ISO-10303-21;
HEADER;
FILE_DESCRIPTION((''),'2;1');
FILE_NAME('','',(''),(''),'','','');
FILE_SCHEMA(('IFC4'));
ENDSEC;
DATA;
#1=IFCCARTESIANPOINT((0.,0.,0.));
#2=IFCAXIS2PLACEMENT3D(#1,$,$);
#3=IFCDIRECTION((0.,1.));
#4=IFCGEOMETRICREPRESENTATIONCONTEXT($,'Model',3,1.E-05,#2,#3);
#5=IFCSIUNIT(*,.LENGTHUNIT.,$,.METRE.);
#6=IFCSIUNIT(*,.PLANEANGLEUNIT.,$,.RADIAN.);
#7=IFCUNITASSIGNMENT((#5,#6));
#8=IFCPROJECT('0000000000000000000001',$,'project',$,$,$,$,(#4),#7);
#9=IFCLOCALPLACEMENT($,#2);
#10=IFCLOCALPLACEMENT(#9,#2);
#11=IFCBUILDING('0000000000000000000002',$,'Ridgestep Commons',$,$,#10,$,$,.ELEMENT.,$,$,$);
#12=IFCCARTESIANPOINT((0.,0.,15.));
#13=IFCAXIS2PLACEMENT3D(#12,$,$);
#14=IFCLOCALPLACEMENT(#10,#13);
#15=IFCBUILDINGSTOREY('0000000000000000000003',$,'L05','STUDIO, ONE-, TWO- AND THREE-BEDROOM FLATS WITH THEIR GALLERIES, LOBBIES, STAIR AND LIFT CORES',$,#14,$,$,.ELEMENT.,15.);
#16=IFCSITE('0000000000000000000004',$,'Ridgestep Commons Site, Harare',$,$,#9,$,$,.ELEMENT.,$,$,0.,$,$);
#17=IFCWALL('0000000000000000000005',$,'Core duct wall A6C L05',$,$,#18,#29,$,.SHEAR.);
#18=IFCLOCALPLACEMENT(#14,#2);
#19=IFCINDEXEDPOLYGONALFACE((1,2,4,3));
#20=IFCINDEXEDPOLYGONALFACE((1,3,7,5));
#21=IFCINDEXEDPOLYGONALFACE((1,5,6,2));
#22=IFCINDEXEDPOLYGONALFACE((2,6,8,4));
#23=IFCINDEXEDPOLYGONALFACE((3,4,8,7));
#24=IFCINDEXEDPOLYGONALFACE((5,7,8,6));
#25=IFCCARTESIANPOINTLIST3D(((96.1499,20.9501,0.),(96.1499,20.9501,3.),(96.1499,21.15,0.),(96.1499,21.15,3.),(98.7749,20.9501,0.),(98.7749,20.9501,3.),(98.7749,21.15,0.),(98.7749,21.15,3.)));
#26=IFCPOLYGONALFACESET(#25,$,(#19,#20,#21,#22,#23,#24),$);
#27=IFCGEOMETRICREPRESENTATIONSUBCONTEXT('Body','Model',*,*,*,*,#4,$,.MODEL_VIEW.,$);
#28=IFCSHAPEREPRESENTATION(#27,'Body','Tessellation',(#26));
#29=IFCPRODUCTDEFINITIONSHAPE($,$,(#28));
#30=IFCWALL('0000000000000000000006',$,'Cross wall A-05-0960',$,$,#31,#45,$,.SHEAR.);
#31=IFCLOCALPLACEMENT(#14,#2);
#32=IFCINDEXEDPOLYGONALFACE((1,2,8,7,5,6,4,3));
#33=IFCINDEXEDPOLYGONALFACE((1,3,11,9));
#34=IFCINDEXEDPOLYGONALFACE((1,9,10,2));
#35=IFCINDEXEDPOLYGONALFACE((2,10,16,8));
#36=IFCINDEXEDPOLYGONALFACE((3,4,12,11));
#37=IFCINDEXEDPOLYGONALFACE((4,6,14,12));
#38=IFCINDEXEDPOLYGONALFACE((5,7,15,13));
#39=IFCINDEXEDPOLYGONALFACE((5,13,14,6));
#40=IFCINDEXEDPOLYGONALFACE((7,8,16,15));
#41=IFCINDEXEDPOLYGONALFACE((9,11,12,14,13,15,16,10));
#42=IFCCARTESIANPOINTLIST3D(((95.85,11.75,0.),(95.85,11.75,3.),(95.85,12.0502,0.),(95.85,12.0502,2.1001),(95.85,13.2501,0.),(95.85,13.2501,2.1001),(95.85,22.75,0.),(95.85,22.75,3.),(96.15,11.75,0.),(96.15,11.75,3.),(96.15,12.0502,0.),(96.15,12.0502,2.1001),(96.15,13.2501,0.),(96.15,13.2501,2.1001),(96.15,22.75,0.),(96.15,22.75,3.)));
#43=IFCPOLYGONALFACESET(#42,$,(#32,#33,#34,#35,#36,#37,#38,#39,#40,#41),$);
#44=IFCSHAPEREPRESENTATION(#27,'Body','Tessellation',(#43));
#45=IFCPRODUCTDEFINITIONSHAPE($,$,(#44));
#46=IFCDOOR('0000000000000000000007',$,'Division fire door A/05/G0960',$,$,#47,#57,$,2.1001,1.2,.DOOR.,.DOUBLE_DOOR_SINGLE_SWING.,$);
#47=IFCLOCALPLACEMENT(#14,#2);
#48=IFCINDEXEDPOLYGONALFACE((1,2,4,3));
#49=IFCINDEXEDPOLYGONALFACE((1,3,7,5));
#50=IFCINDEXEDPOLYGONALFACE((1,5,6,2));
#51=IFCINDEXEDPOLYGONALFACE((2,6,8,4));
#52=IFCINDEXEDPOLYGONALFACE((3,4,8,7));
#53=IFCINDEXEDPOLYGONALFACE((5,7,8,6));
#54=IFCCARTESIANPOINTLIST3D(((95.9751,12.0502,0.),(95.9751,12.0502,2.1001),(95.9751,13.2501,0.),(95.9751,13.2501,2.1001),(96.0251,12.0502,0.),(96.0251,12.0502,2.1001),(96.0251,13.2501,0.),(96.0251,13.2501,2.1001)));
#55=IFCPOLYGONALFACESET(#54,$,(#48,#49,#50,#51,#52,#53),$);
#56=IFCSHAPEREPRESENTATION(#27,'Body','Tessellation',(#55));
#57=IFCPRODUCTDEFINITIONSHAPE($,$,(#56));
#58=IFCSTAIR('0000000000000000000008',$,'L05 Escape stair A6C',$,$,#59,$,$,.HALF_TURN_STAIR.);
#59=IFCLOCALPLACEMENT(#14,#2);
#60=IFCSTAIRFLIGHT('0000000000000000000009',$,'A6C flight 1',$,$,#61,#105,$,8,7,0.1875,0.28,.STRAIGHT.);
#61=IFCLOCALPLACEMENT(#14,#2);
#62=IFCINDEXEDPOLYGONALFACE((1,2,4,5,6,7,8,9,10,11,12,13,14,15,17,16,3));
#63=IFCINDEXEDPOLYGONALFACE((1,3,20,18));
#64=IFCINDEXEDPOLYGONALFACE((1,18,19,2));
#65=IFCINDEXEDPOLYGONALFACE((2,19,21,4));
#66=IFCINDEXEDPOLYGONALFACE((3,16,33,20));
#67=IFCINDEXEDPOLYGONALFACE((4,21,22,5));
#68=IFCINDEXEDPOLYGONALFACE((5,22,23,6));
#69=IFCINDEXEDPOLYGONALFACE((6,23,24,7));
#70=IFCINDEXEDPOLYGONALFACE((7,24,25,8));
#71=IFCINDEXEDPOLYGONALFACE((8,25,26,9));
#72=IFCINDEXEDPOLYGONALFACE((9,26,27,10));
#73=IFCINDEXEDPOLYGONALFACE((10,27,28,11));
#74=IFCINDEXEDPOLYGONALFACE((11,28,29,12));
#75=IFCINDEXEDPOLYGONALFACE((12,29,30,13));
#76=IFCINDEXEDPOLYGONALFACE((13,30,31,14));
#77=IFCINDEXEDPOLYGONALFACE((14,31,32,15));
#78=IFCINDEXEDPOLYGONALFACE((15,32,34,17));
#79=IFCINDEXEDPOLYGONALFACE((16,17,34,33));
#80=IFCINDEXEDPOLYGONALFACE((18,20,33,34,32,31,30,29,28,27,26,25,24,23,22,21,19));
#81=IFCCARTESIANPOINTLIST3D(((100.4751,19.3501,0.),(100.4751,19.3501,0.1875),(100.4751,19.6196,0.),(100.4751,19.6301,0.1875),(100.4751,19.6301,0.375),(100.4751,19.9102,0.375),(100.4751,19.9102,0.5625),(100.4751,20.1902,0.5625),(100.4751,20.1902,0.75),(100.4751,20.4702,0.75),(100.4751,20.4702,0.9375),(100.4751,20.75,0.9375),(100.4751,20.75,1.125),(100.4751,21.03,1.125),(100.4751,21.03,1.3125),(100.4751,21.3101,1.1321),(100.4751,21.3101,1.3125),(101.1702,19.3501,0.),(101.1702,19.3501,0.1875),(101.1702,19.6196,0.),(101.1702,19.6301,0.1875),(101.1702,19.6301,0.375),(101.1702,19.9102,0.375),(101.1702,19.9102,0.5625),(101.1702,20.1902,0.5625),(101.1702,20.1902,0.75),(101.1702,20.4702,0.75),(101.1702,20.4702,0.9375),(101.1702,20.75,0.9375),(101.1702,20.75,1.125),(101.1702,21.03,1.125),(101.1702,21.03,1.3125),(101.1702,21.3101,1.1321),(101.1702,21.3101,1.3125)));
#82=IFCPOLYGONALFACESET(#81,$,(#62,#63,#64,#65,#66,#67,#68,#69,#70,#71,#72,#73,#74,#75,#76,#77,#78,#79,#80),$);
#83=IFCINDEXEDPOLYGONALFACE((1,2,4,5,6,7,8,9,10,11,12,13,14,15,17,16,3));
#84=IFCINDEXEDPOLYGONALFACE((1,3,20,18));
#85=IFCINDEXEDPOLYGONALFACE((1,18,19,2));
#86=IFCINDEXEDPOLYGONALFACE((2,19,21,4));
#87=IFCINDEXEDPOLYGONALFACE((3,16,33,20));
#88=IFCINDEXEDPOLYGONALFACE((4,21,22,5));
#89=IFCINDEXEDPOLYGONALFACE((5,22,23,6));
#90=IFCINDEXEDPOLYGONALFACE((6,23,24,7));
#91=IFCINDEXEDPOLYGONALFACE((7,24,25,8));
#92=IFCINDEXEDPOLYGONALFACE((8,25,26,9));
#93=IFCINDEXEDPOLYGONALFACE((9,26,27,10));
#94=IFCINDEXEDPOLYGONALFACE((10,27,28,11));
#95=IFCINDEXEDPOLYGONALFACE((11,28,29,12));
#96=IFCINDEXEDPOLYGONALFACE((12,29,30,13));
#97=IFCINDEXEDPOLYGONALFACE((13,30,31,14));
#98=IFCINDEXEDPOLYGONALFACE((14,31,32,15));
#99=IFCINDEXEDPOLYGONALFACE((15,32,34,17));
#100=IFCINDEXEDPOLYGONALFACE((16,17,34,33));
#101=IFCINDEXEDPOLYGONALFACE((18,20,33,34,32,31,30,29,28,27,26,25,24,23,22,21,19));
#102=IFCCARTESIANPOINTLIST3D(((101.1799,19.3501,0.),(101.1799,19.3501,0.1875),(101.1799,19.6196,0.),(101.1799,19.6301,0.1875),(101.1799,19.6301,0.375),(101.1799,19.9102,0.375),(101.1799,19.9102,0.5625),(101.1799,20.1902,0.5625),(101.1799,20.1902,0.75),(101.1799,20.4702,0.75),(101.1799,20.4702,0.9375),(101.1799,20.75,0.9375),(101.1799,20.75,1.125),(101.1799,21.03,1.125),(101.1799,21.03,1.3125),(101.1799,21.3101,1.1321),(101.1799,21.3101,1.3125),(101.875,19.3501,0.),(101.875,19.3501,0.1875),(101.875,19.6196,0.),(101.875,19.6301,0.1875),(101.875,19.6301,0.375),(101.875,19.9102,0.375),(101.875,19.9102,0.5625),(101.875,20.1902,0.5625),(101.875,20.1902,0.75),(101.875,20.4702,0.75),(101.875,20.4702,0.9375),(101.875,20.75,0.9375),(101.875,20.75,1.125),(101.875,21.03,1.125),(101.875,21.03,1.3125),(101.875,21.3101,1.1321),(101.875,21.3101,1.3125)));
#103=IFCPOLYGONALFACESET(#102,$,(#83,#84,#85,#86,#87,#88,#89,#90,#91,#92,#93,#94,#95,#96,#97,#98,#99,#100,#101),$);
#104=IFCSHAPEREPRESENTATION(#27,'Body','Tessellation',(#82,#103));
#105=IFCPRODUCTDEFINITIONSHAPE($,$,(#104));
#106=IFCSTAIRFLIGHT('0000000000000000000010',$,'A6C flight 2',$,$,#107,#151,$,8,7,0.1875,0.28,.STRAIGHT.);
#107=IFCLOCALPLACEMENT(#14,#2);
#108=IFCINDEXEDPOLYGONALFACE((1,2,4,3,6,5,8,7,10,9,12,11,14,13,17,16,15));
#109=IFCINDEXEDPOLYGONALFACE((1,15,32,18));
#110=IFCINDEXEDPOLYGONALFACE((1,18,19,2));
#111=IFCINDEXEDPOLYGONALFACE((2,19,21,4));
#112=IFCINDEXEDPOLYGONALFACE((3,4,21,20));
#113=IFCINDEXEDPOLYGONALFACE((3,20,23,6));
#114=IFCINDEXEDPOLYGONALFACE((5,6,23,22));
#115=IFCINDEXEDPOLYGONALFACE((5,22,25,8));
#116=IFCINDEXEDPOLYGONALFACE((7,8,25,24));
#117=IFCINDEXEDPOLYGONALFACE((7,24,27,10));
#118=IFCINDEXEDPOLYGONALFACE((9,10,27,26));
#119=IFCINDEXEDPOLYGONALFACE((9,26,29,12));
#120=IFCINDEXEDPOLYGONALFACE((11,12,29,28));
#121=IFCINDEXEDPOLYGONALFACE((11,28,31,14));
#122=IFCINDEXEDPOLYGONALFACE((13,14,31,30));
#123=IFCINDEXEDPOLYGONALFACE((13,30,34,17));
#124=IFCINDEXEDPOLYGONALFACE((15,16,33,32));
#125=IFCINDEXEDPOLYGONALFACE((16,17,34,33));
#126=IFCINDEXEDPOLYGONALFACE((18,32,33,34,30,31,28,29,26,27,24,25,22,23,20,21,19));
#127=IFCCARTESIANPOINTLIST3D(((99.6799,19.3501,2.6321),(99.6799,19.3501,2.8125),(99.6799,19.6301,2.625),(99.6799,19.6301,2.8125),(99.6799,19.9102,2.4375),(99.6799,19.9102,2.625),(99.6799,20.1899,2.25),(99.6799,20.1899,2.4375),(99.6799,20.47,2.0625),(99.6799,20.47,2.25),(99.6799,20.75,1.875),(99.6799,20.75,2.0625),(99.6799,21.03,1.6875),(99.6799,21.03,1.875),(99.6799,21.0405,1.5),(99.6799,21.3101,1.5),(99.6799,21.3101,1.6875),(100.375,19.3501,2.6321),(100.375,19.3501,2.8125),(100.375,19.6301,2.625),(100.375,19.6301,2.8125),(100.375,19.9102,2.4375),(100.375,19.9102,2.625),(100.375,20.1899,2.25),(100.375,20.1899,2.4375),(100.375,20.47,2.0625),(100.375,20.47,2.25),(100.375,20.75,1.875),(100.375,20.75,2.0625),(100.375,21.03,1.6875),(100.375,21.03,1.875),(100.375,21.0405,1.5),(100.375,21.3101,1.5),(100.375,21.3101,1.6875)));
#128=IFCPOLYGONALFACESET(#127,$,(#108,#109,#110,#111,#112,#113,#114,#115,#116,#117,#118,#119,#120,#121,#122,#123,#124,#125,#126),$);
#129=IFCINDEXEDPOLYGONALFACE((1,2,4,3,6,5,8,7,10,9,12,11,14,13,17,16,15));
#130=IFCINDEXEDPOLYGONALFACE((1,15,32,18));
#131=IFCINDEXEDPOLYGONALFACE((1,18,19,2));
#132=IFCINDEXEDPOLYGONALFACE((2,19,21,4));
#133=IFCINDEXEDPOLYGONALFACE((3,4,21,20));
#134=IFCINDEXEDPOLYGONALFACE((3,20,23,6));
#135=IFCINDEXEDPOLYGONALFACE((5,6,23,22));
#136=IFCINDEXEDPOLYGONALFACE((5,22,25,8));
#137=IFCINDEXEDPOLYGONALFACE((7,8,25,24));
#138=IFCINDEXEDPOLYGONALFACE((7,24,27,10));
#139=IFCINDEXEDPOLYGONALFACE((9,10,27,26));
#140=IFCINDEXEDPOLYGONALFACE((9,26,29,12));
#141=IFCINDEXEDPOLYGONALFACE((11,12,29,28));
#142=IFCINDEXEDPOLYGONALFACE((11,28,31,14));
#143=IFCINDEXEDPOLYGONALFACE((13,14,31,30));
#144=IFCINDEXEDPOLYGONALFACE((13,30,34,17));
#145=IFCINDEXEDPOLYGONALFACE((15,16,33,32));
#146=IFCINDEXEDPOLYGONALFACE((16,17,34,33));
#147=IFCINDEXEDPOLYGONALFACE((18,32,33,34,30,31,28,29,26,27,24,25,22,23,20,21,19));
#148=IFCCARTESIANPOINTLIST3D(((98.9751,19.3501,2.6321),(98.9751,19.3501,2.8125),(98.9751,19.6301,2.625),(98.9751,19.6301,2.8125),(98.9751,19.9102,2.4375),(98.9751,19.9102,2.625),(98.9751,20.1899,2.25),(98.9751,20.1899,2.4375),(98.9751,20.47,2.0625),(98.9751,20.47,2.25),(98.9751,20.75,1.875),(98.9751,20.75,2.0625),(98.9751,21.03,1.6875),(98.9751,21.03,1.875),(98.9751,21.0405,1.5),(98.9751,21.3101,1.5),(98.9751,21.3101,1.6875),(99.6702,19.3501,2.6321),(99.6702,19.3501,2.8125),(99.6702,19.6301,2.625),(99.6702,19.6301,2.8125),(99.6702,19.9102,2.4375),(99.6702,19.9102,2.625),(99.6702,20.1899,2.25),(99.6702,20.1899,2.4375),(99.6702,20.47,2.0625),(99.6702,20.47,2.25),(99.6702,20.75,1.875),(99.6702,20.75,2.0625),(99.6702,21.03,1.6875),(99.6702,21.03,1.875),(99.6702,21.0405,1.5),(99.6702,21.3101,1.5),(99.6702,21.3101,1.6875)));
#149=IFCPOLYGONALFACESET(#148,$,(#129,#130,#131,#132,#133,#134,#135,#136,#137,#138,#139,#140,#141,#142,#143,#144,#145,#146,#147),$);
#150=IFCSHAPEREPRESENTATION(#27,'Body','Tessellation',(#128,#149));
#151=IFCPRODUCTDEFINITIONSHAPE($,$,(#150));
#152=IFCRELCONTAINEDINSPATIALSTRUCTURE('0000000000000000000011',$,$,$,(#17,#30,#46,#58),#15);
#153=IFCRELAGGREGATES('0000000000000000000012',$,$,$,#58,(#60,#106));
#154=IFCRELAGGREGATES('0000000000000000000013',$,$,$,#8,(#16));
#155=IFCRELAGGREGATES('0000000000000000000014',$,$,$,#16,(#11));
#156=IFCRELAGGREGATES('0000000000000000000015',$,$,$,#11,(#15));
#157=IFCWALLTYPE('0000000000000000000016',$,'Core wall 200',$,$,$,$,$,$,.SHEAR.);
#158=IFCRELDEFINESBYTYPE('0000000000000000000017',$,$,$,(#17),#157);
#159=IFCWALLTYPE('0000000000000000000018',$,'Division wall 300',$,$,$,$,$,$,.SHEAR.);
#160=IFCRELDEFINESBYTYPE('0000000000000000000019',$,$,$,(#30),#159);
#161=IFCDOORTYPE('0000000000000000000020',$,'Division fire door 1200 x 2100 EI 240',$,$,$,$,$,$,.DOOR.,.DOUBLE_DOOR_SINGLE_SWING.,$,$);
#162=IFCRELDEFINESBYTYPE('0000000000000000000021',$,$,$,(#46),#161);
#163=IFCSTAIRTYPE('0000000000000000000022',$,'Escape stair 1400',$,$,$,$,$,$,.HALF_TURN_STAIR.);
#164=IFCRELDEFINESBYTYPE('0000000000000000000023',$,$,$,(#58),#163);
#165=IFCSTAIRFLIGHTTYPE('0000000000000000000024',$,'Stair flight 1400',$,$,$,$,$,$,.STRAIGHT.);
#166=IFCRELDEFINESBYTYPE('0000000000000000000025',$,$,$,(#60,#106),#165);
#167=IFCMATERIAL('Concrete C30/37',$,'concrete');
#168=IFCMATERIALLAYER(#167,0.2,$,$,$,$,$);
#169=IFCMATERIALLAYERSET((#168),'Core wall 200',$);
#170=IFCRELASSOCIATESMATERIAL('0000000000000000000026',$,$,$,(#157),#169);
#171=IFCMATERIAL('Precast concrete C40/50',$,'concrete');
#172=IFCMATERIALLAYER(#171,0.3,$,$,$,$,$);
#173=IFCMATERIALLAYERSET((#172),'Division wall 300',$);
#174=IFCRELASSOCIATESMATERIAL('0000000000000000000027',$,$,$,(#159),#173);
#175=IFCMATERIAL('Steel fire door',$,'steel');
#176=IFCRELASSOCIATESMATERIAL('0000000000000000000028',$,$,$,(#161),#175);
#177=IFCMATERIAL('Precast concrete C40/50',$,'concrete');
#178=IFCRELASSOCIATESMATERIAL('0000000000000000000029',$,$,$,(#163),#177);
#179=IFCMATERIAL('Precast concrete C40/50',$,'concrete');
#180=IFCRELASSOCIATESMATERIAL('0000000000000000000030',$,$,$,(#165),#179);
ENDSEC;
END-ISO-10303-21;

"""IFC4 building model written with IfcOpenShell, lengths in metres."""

from ifc_helpers import new_model, si_unit, direction, frame, frame_2d, origin, place, context, subcontext, project, spatial, polyline, rectangle, outline, extrude, material, layer, layer_set, type_object, element, fill, aggregate, save


model = new_model("IFC4")

# Units and contexts
model_context = context("Model", 3, precision=1e-05, world=origin(), true_north=direction((0.0, 1.0)))
body_context = subcontext(model_context, "Body", "Model", "MODEL_VIEW")
ifc_project = project(units=[si_unit("LENGTHUNIT", "METRE"), si_unit("PLANEANGLEUNIT", "RADIAN")], contexts=[model_context])

# Site, building, storey
site_placement = place(None, origin())
site = spatial("IfcSite", under=ifc_project, at=site_placement, Name="Ridgestep Commons Site, Harare", CompositionType="ELEMENT", RefElevation=0.0)
building_placement = place(site_placement, origin())
building = spatial("IfcBuilding", under=site, at=building_placement, Name="Ridgestep Commons", CompositionType="ELEMENT")
storey_placement = place(building_placement, frame((0.0, 0.0, 15.0)))
storey = spatial("IfcBuildingStorey", under=building, at=storey_placement, Name="L05", Description="STUDIO, ONE-, TWO- AND THREE-BEDROOM FLATS WITH THEIR GALLERIES, LOBBIES, STAIR AND LIFT CORES", CompositionType="ELEMENT", Elevation=15.0)

# Shared definitions
ifc_material_1 = material(Name="Concrete C30/37", Category="concrete")
ifc_layer_1 = layer(ifc_material_1, 0.2)
ifc_layer_set_1 = layer_set([ifc_layer_1], Name="Core wall 200")
wall_type_1 = type_object("IfcWallType", Name="Core wall 200", PredefinedType="SHEAR", material=ifc_layer_set_1)

# Wall
wall_1_placement = place(storey_placement, frame((96.1499, 21.05, 0.0), z_axis=(0.0, 0.0, 1.0), x_axis=(1.0, 0.0, 0.0)))
element("IfcWall", 1, at=wall_1_placement, inside=storey, type_object=wall_type_1, Name="Core duct wall A6C L05", PredefinedType="SHEAR", context=body_context, shape_type="SweptSolid", body=[
    extrude(rectangle(XDim=2.625, YDim=0.2, at=frame_2d((1.3125, 0.0))), origin(), (0.0, 0.0, 1.0), 3.0),
])

# Wall, opening, door
ifc_material_2 = material(Name="Precast concrete C40/50", Category="concrete")
ifc_layer_2 = layer(ifc_material_2, 0.3)
ifc_layer_set_2 = layer_set([ifc_layer_2], Name="Division wall 300")
wall_type_2 = type_object("IfcWallType", Name="Division wall 300", PredefinedType="SHEAR", material=ifc_layer_set_2)
wall_2_placement = place(storey_placement, frame((96.0, 11.75, 0.0), z_axis=(0.0, 0.0, 1.0), x_axis=(0.0, 1.0, 0.0)))
wall_2 = element("IfcWall", 2, at=wall_2_placement, inside=storey, type_object=wall_type_2, Name="Cross wall A-05-0960", PredefinedType="SHEAR", context=body_context, shape_type="SweptSolid", body=[
    extrude(rectangle(XDim=11.0, YDim=0.3, at=frame_2d((5.5, 0.0))), origin(), (0.0, 0.0, 1.0), 3.0),
])
opening_1_placement = place(wall_2_placement, frame((0.3, 0.0, 0.0)))
opening_1 = element("IfcOpeningElement", 3, at=opening_1_placement, cuts=wall_2, PredefinedType="OPENING", context=body_context, shape_type="SweptSolid", body=[
    extrude(rectangle(XDim=1.2, YDim=2.1001, at=frame_2d((0.6001, 1.05))), frame((0.0, 0.1599, 0.0), z_axis=(0.0, -1.0, 0.0), x_axis=(1.0, 0.0, 0.0)), (0.0, 0.0, 1.0), 0.3201),
])
ifc_material_3 = material(Name="Steel fire door", Category="steel")
door_type_1 = type_object("IfcDoorType", Name="Division fire door 1200 x 2100 EI 240", OperationType="DOUBLE_DOOR_SINGLE_SWING", PredefinedType="DOOR", material=ifc_material_3)
door_1_placement = place(opening_1_placement, origin())
door_1 = element("IfcDoor", 4, at=door_1_placement, inside=storey, type_object=door_type_1, Name="Division fire door A/05/G0960", OperationType="DOUBLE_DOOR_SINGLE_SWING", OverallHeight=2.1001, OverallWidth=1.2, PredefinedType="DOOR", context=body_context, shape_type="SweptSolid", body=[
    extrude(rectangle(XDim=1.2, YDim=2.1001, at=frame_2d((0.6001, 1.05))), frame((0.0, 0.0249, 0.0), z_axis=(0.0, -1.0, 0.0), x_axis=(1.0, 0.0, 0.0)), (0.0, 0.0, 1.0), 0.05),
])
fill(opening_1, door_1)

# Stair, stair flights
ifc_material_4 = material(Name="Precast concrete C40/50", Category="concrete")
stair_type = type_object("IfcStairType", Name="Escape stair 1400", PredefinedType="HALF_TURN_STAIR", material=ifc_material_4)
stair_placement = place(storey_placement, origin())
stair = element("IfcStair", 5, at=stair_placement, inside=storey, type_object=stair_type, Name="L05 Escape stair A6C", PredefinedType="HALF_TURN_STAIR")
ifc_material_5 = material(Name="Precast concrete C40/50", Category="concrete")
stair_flight_type = type_object("IfcStairFlightType", Name="Stair flight 1400", PredefinedType="STRAIGHT", material=ifc_material_5)
stair_flight_1_placement = place(storey_placement, frame((101.175, 19.3501, 0.0), z_axis=(0.0, 0.0, 1.0), x_axis=(0.0, 1.0, 0.0)))
stair_flight_1 = element("IfcStairFlight", 6, at=stair_flight_1_placement, type_object=stair_flight_type, Name="A6C flight 1", NumberOfRisers=8, NumberOfTreads=7, PredefinedType="STRAIGHT", RiserHeight=0.1875, TreadLength=0.28, context=body_context, shape_type="SweptSolid", body=[
    extrude(outline(polyline([(0.0, 0.0), (0.0, 0.1875), (0.28, 0.1875), (0.28, 0.375), (0.5601, 0.375), (0.5601, 0.5625), (0.8401, 0.5625), (0.8401, 0.75), (1.1201, 0.75), (1.1201, 0.9375), (1.3999, 0.9375), (1.3999, 1.125), (1.6799, 1.125), (1.6799, 1.3125), (1.96, 1.3125), (1.96, 1.5), (1.96, 1.1321), (0.2695, 0.0), (0.0, 0.0)])), frame((0.0, 0.7, 0.0), z_axis=(0.0, -1.0, 0.0), x_axis=(1.0, 0.0, 0.0)), (0.0, 0.0, 1.0), 0.6951),
    extrude(outline(polyline([(0.0, 0.0), (0.0, 0.1875), (0.28, 0.1875), (0.28, 0.375), (0.5601, 0.375), (0.5601, 0.5625), (0.8401, 0.5625), (0.8401, 0.75), (1.1201, 0.75), (1.1201, 0.9375), (1.3999, 0.9375), (1.3999, 1.125), (1.6799, 1.125), (1.6799, 1.3125), (1.96, 1.3125), (1.96, 1.5), (1.96, 1.1321), (0.2695, 0.0), (0.0, 0.0)])), frame((0.0, -0.0049, 0.0), z_axis=(0.0, -1.0, 0.0), x_axis=(1.0, 0.0, 0.0)), (0.0, 0.0, 1.0), 0.6951),
])
stair_flight_2_placement = place(storey_placement, frame((99.675, 21.3101, 1.5), z_axis=(0.0, 0.0, 1.0), x_axis=(0.0, -1.0, 0.0)))
stair_flight_2 = element("IfcStairFlight", 7, at=stair_flight_2_placement, type_object=stair_flight_type, Name="A6C flight 2", NumberOfRisers=8, NumberOfTreads=7, PredefinedType="STRAIGHT", RiserHeight=0.1875, TreadLength=0.28, context=body_context, shape_type="SweptSolid", body=[
    extrude(outline(polyline([(0.0, 0.0), (0.0, 0.1875), (0.28, 0.1875), (0.28, 0.375), (0.5601, 0.375), (0.5601, 0.5625), (0.8401, 0.5625), (0.8401, 0.75), (1.1201, 0.75), (1.1201, 0.9375), (1.3999, 0.9375), (1.3999, 1.125), (1.6799, 1.125), (1.6799, 1.3125), (1.96, 1.3125), (1.96, 1.5), (1.96, 1.1321), (0.2695, 0.0), (0.0, 0.0)])), frame((0.0, 0.7, 0.0), z_axis=(0.0, -1.0, 0.0), x_axis=(1.0, 0.0, 0.0)), (0.0, 0.0, 1.0), 0.6951),
    extrude(outline(polyline([(0.0, 0.0), (0.0, 0.1875), (0.28, 0.1875), (0.28, 0.375), (0.5601, 0.375), (0.5601, 0.5625), (0.8401, 0.5625), (0.8401, 0.75), (1.1201, 0.75), (1.1201, 0.9375), (1.3999, 0.9375), (1.3999, 1.125), (1.6799, 1.125), (1.6799, 1.3125), (1.96, 1.3125), (1.96, 1.5), (1.96, 1.1321), (0.2695, 0.0), (0.0, 0.0)])), frame((0.0, -0.0049, 0.0), z_axis=(0.0, -1.0, 0.0), x_axis=(1.0, 0.0, 0.0)), (0.0, 0.0, 1.0), 0.6951),
])
aggregate(stair, [stair_flight_1, stair_flight_2])

save(model, "model.ifc")
